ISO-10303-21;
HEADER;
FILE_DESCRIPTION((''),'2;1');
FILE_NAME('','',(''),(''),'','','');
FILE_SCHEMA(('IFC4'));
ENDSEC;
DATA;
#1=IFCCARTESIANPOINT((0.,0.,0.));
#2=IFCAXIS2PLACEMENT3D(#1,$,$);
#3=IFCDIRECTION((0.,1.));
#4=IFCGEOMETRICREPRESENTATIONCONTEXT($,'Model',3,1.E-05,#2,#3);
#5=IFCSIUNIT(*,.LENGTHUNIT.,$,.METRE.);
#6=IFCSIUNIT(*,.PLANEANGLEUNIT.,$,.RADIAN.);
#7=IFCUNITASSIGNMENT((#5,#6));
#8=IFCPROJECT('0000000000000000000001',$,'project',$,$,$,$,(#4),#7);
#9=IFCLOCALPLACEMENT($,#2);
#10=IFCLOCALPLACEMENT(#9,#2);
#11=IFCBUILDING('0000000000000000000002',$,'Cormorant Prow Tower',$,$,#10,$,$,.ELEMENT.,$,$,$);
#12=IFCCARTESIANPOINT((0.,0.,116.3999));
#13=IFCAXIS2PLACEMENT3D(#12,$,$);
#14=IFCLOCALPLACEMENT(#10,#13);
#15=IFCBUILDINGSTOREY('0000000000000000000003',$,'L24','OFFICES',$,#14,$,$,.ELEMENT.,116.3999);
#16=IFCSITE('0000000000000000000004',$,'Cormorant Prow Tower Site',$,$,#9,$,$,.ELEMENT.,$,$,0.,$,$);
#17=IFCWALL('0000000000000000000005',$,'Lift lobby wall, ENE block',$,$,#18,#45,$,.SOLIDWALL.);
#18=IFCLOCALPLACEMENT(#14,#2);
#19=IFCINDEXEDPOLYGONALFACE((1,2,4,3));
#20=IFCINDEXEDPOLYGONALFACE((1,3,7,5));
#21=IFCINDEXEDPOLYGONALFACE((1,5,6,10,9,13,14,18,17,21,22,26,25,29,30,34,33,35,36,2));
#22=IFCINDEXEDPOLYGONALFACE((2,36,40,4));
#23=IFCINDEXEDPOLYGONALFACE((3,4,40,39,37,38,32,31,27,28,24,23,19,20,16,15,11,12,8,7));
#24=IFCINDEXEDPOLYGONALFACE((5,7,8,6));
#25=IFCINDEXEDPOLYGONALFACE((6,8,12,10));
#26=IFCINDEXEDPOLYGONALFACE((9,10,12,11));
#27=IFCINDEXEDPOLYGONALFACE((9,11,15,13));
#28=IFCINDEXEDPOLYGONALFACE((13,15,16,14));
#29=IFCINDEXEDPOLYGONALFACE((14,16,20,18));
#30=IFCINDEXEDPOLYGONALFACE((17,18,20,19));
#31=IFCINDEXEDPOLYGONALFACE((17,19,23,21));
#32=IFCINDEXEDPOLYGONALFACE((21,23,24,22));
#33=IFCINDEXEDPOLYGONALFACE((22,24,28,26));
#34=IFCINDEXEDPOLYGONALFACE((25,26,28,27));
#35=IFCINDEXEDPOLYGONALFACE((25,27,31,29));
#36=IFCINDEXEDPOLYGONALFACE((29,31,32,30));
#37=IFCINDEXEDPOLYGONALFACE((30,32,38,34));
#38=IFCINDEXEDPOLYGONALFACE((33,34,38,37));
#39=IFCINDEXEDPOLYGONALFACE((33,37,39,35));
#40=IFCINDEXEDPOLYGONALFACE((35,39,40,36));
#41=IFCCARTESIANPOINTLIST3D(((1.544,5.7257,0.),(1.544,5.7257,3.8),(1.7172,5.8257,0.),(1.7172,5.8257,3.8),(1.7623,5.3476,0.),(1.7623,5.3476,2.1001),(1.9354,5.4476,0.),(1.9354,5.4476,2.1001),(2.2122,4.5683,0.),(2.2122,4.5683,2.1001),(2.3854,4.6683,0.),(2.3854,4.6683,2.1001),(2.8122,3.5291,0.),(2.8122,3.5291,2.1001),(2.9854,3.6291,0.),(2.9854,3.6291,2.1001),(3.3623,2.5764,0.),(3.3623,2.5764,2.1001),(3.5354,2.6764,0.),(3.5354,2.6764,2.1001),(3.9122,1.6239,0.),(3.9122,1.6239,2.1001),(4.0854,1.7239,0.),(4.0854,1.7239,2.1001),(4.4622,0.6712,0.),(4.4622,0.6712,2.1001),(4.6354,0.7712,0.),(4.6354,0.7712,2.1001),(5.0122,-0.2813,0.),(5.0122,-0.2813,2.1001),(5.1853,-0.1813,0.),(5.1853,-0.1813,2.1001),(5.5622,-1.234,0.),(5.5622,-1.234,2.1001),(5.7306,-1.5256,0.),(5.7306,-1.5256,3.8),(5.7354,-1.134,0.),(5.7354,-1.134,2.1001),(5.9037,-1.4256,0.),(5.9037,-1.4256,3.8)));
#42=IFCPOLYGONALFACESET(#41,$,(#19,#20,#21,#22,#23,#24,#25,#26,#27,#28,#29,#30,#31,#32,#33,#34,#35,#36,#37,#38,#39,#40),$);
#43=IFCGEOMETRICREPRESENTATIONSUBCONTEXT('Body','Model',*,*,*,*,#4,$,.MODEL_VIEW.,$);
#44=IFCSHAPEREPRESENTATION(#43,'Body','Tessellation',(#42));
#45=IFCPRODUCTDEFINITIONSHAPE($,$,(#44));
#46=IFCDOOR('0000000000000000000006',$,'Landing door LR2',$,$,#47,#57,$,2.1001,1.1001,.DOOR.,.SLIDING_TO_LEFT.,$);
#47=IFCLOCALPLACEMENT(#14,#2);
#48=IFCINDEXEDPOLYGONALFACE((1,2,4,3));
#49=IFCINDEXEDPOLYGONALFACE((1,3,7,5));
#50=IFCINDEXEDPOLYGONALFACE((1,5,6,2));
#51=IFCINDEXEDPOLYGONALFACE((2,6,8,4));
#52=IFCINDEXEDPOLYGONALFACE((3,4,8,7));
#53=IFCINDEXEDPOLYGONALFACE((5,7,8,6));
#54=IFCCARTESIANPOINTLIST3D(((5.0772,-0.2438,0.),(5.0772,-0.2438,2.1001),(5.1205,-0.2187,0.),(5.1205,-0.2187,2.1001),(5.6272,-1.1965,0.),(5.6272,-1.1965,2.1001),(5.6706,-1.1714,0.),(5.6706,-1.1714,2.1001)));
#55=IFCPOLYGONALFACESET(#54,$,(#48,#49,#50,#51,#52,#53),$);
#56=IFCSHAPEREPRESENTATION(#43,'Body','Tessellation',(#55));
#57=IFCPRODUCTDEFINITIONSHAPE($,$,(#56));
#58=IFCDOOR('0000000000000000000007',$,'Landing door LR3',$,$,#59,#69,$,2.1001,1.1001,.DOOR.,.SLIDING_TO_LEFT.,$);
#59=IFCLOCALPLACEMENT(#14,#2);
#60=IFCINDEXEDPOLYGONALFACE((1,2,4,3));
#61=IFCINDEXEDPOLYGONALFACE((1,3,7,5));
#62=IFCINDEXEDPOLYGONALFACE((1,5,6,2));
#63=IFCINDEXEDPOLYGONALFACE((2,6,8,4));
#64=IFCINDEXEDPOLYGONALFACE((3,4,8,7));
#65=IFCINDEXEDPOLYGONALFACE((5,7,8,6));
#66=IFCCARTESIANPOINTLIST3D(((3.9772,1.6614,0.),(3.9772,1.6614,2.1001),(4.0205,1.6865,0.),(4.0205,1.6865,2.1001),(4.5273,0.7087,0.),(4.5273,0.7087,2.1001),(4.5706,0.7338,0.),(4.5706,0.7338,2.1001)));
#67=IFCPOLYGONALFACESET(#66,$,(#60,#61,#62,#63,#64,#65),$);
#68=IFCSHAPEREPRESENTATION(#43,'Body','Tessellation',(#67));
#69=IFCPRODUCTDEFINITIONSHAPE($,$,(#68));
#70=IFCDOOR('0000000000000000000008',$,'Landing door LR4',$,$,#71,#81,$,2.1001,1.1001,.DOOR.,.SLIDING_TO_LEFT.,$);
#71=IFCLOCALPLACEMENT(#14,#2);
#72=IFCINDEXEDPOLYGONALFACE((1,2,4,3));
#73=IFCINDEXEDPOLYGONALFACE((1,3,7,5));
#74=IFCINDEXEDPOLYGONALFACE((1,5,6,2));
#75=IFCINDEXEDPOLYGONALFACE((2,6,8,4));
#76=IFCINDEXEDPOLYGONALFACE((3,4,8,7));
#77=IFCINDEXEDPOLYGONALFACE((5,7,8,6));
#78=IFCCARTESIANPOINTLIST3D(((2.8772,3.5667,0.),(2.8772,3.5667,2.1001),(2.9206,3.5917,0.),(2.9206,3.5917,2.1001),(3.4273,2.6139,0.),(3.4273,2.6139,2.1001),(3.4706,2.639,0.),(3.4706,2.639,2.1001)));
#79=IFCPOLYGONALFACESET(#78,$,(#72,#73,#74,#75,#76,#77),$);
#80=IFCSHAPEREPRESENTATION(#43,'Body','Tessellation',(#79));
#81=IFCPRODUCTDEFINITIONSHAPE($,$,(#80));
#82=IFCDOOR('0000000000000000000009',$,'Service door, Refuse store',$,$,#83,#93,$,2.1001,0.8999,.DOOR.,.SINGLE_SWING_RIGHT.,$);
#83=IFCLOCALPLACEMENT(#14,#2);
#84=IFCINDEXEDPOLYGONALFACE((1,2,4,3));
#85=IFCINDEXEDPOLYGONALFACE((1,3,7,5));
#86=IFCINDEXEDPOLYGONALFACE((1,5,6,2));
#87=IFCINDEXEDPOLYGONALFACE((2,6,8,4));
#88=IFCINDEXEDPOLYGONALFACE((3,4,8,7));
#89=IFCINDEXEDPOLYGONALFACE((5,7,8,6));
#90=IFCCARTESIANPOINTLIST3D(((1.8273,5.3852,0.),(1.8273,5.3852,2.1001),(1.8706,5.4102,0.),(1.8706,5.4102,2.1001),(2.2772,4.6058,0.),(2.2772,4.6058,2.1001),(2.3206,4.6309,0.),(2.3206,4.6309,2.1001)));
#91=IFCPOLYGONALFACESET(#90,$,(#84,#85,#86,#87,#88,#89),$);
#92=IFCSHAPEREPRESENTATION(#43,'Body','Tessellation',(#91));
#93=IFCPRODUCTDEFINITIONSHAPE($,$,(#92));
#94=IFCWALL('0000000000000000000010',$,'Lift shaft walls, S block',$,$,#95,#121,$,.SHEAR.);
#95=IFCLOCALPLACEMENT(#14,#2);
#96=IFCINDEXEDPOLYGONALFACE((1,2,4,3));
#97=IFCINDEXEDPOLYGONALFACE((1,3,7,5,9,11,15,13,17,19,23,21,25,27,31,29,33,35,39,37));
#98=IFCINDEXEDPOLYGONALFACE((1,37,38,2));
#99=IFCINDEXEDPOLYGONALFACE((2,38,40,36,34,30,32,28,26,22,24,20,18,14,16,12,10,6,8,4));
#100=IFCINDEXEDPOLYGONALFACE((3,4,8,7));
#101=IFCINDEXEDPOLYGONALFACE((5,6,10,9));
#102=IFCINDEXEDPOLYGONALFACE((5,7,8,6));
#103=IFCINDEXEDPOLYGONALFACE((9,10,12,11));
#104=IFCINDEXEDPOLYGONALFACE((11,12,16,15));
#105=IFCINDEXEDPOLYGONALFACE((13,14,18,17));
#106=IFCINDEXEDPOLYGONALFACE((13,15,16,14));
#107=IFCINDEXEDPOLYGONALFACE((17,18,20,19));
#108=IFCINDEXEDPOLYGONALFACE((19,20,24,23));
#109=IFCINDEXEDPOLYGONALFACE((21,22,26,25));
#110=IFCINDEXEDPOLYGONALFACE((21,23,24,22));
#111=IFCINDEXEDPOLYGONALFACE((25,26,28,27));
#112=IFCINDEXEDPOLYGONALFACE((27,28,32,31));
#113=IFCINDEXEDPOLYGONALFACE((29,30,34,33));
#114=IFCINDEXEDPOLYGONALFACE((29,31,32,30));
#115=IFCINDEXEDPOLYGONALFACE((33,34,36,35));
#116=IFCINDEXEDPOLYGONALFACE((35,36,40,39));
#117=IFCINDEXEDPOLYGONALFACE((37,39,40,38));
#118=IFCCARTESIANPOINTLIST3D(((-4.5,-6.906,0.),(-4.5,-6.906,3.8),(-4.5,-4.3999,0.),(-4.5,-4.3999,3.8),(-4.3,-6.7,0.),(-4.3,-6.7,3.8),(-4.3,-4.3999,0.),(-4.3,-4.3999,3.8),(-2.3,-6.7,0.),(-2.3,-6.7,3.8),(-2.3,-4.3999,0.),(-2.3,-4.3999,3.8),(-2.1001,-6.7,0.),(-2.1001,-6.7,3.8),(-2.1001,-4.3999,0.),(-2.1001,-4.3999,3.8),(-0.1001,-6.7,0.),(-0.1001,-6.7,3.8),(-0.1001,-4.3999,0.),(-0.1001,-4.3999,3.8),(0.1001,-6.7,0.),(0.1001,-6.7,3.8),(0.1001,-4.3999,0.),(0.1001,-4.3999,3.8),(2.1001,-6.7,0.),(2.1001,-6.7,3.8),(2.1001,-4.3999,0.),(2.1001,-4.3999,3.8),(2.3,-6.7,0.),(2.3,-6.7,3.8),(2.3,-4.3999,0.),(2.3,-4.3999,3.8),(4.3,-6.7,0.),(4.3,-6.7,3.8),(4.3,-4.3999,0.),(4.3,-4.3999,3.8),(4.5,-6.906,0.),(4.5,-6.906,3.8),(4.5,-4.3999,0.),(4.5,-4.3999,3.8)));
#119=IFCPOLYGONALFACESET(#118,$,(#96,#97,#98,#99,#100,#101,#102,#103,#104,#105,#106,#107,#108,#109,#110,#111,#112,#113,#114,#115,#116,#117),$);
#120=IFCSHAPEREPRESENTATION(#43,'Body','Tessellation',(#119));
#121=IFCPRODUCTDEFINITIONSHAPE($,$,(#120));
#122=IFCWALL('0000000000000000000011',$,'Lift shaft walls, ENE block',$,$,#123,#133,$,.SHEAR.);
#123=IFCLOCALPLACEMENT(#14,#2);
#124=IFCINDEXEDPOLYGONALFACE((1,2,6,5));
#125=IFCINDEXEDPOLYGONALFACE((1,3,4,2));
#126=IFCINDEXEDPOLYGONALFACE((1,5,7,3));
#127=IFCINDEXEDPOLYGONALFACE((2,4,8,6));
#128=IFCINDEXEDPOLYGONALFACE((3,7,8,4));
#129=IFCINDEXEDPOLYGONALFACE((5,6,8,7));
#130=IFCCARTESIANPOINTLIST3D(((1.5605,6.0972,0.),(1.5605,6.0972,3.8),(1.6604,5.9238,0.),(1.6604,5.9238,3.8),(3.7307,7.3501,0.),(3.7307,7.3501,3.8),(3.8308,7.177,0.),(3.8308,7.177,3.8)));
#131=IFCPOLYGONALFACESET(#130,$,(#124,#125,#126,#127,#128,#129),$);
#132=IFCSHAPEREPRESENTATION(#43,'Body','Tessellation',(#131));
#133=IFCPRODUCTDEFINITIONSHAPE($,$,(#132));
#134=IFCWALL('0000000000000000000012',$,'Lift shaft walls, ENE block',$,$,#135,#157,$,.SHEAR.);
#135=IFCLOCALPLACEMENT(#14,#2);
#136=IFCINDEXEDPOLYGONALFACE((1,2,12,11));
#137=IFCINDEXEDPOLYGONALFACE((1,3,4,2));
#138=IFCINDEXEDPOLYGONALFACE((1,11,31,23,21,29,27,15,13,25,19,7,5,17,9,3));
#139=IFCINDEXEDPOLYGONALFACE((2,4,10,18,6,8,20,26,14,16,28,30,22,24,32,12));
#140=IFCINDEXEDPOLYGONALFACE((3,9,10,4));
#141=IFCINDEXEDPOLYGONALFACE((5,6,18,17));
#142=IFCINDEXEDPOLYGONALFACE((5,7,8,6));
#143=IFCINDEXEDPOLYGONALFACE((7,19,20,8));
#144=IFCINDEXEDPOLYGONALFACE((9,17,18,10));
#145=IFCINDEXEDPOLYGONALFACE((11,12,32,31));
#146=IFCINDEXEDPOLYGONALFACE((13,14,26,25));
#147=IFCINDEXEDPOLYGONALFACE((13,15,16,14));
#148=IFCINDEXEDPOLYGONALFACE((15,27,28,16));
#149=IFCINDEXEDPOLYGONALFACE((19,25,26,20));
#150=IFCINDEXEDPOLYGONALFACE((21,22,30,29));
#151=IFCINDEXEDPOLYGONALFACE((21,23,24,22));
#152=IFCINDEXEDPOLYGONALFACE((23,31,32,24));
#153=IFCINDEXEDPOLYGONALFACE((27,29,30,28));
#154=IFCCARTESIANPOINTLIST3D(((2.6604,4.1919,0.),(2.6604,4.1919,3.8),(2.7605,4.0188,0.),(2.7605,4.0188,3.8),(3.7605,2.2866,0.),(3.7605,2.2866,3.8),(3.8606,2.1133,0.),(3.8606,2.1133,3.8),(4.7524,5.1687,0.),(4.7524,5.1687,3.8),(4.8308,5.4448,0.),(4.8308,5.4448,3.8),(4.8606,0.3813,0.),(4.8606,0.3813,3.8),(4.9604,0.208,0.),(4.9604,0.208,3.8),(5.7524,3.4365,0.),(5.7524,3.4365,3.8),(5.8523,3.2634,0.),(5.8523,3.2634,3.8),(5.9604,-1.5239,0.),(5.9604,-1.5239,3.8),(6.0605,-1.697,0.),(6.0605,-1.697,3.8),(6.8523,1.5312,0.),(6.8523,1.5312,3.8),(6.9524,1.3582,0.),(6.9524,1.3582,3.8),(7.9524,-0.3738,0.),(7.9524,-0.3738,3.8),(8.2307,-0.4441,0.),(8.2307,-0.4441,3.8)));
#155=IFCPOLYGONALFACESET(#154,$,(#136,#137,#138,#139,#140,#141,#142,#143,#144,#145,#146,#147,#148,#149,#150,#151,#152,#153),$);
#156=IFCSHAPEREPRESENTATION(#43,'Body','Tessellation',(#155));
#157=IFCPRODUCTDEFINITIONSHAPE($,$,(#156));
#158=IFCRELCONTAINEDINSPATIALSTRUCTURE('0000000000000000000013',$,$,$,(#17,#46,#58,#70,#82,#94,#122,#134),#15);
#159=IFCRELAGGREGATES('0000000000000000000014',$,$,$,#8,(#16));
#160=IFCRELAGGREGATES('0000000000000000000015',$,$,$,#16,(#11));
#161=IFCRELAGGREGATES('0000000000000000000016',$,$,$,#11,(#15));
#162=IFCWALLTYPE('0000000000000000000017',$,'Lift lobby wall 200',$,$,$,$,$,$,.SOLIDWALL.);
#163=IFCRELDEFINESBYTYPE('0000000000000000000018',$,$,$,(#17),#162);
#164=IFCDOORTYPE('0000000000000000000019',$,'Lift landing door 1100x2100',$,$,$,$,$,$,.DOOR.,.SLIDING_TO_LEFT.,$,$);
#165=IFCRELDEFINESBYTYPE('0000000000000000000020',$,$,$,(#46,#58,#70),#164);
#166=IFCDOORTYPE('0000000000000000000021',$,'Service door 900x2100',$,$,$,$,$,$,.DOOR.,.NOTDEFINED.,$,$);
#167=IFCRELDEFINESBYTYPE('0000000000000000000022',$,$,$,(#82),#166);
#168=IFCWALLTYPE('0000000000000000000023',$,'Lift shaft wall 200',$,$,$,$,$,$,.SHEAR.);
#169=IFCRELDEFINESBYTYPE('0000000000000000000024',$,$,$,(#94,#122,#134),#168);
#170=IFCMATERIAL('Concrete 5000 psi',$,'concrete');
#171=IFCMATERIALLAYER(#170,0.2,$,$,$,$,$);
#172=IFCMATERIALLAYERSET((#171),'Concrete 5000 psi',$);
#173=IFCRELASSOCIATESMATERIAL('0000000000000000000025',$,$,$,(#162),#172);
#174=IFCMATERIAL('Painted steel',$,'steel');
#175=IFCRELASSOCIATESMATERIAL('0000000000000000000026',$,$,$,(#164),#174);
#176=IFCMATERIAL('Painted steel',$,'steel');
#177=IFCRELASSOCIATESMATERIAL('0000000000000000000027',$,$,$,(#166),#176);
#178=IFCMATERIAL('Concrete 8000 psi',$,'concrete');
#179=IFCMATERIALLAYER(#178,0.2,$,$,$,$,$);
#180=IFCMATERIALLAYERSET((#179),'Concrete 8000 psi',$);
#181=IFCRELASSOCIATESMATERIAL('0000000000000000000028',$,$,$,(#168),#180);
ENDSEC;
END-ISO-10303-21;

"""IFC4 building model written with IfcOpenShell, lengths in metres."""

from ifc_helpers import new_model, si_unit, direction, frame, frame_2d, origin, place, context, subcontext, project, spatial, polyline, rectangle, outline, extrude, material, layer, layer_set, type_object, element, fill, save


model = new_model("IFC4")

# Units and contexts
model_context = context("Model", 3, precision=1e-05, world=origin(), true_north=direction((0.0, 1.0)))
body_context = subcontext(model_context, "Body", "Model", "MODEL_VIEW")
ifc_project = project(units=[si_unit("LENGTHUNIT", "METRE"), si_unit("PLANEANGLEUNIT", "RADIAN")], contexts=[model_context])

# Site, building, storey
site_placement = place(None, origin())
site = spatial("IfcSite", under=ifc_project, at=site_placement, Name="Cormorant Prow Tower Site", CompositionType="ELEMENT", RefElevation=0.0)
building_placement = place(site_placement, origin())
building = spatial("IfcBuilding", under=site, at=building_placement, Name="Cormorant Prow Tower", CompositionType="ELEMENT")
storey_placement = place(building_placement, frame((0.0, 0.0, 116.3999)))
storey = spatial("IfcBuildingStorey", under=building, at=storey_placement, Name="L24", Description="OFFICES", CompositionType="ELEMENT", Elevation=116.3999)

# Wall, openings, doors
ifc_material_1 = material(Name="Concrete 5000 psi", Category="concrete")
ifc_layer_1 = layer(ifc_material_1, 0.2)
ifc_layer_set_1 = layer_set([ifc_layer_1], Name="Concrete 5000 psi")
wall_type_1 = type_object("IfcWallType", Name="Lift lobby wall 200", PredefinedType="SOLIDWALL", material=ifc_layer_set_1)
wall_1_placement = place(storey_placement, frame((5.8171, -1.4756, 0.0), z_axis=(0.0, 0.0, 1.0), x_axis=(-0.500003, 0.866024, 0.0)))
wall_1 = element("IfcWall", 1, at=wall_1_placement, inside=storey, type_object=wall_type_1, Name="Lift lobby wall, ENE block", PredefinedType="SOLIDWALL", context=body_context, shape_type="SweptSolid", body=[
    extrude(rectangle(XDim=8.373, YDim=0.2, at=frame_2d((4.1865, 0.0))), origin(), (0.0, 0.0, 1.0), 3.8),
])
opening_1_placement = place(wall_1_placement, frame((0.3367, 0.0, 0.0)))
opening_1 = element("IfcOpeningElement", 2, at=opening_1_placement, cuts=wall_1, PredefinedType="OPENING", context=body_context, shape_type="SweptSolid", body=[
    extrude(rectangle(XDim=1.1001, YDim=2.1001, at=frame_2d((0.55, 1.05))), frame((0.0, 0.1099, 0.0), z_axis=(0.0, -1.0, 0.0), x_axis=(1.0, 0.0, 0.0)), (0.0, 0.0, 1.0), 0.22),
])
opening_2_placement = place(wall_1_placement, frame((2.5366, 0.0, 0.0)))
opening_2 = element("IfcOpeningElement", 3, at=opening_2_placement, cuts=wall_1, PredefinedType="OPENING", context=body_context, shape_type="SweptSolid", body=[
    extrude(rectangle(XDim=1.1001, YDim=2.1001, at=frame_2d((0.55, 1.05))), frame((0.0, 0.1099, 0.0), z_axis=(0.0, -1.0, 0.0), x_axis=(1.0, 0.0, 0.0)), (0.0, 0.0, 1.0), 0.22),
])
opening_3_placement = place(wall_1_placement, frame((4.7366, 0.0, 0.0)))
opening_3 = element("IfcOpeningElement", 4, at=opening_3_placement, cuts=wall_1, PredefinedType="OPENING", context=body_context, shape_type="SweptSolid", body=[
    extrude(rectangle(XDim=1.1001, YDim=2.1001, at=frame_2d((0.55, 1.05))), frame((0.0, 0.1099, 0.0), z_axis=(0.0, -1.0, 0.0), x_axis=(1.0, 0.0, 0.0)), (0.0, 0.0, 1.0), 0.22),
])
opening_4_placement = place(wall_1_placement, frame((7.0366, 0.0, 0.0)))
opening_4 = element("IfcOpeningElement", 5, at=opening_4_placement, cuts=wall_1, PredefinedType="OPENING", context=body_context, shape_type="SweptSolid", body=[
    extrude(rectangle(XDim=0.8999, YDim=2.1001, at=frame_2d((0.45, 1.05))), frame((0.0, 0.1099, 0.0), z_axis=(0.0, -1.0, 0.0), x_axis=(1.0, 0.0, 0.0)), (0.0, 0.0, 1.0), 0.22),
])
ifc_material_2 = material(Name="Painted steel", Category="steel")
door_type_1 = type_object("IfcDoorType", Name="Lift landing door 1100x2100", OperationType="SLIDING_TO_LEFT", PredefinedType="DOOR", material=ifc_material_2)
door_1_placement = place(opening_1_placement, origin())
door_1 = element("IfcDoor", 6, at=door_1_placement, inside=storey, type_object=door_type_1, Name="Landing door LR2", OperationType="SLIDING_TO_LEFT", OverallHeight=2.1001, OverallWidth=1.1001, PredefinedType="DOOR", context=body_context, shape_type="SweptSolid", body=[
    extrude(rectangle(XDim=1.1001, YDim=2.1001, at=frame_2d((0.55, 1.05))), frame((0.0, 0.0249, 0.0), z_axis=(0.0, -1.0, 0.0), x_axis=(1.0, 0.0, 0.0)), (0.0, 0.0, 1.0), 0.05),
])
fill(opening_1, door_1)
door_2_placement = place(opening_2_placement, origin())
door_2 = element("IfcDoor", 7, at=door_2_placement, inside=storey, type_object=door_type_1, Name="Landing door LR3", OperationType="SLIDING_TO_LEFT", OverallHeight=2.1001, OverallWidth=1.1001, PredefinedType="DOOR", context=body_context, shape_type="SweptSolid", body=[
    extrude(rectangle(XDim=1.1001, YDim=2.1001, at=frame_2d((0.55, 1.05))), frame((0.0, 0.0249, 0.0), z_axis=(0.0, -1.0, 0.0), x_axis=(1.0, 0.0, 0.0)), (0.0, 0.0, 1.0), 0.05),
])
fill(opening_2, door_2)
door_3_placement = place(opening_3_placement, origin())
door_3 = element("IfcDoor", 8, at=door_3_placement, inside=storey, type_object=door_type_1, Name="Landing door LR4", OperationType="SLIDING_TO_LEFT", OverallHeight=2.1001, OverallWidth=1.1001, PredefinedType="DOOR", context=body_context, shape_type="SweptSolid", body=[
    extrude(rectangle(XDim=1.1001, YDim=2.1001, at=frame_2d((0.55, 1.05))), frame((0.0, 0.0249, 0.0), z_axis=(0.0, -1.0, 0.0), x_axis=(1.0, 0.0, 0.0)), (0.0, 0.0, 1.0), 0.05),
])
fill(opening_3, door_3)
ifc_material_3 = material(Name="Painted steel", Category="steel")
door_type_2 = type_object("IfcDoorType", Name="Service door 900x2100", OperationType="NOTDEFINED", PredefinedType="DOOR", material=ifc_material_3)
door_4_placement = place(opening_4_placement, origin())
door_4 = element("IfcDoor", 9, at=door_4_placement, inside=storey, type_object=door_type_2, Name="Service door, Refuse store", OperationType="SINGLE_SWING_RIGHT", OverallHeight=2.1001, OverallWidth=0.8999, PredefinedType="DOOR", context=body_context, shape_type="SweptSolid", body=[
    extrude(rectangle(XDim=0.8999, YDim=2.1001, at=frame_2d((0.45, 1.05))), frame((0.0, 0.0249, 0.0), z_axis=(0.0, -1.0, 0.0), x_axis=(1.0, 0.0, 0.0)), (0.0, 0.0, 1.0), 0.05),
])
fill(opening_4, door_4)

# Walls
ifc_material_4 = material(Name="Concrete 8000 psi", Category="concrete")
ifc_layer_2 = layer(ifc_material_4, 0.2)
ifc_layer_set_2 = layer_set([ifc_layer_2], Name="Concrete 8000 psi")
wall_type_2 = type_object("IfcWallType", Name="Lift shaft wall 200", PredefinedType="SHEAR", material=ifc_layer_set_2)
wall_2_placement = place(storey_placement, origin())
element("IfcWall", 10, at=wall_2_placement, inside=storey, type_object=wall_type_2, Name="Lift shaft walls, S block", PredefinedType="SHEAR", context=body_context, shape_type="SweptSolid", body=[
    extrude(outline(polyline([(4.5, -4.3999), (4.5, -6.906), (-4.5, -6.906), (-4.5, -4.3999), (-4.3, -4.3999), (-4.3, -6.7), (-2.3, -6.7), (-2.3, -4.3999), (-2.1001, -4.3999), (-2.1001, -6.7), (-0.1001, -6.7), (-0.1001, -4.3999), (0.1001, -4.3999), (0.1001, -6.7), (2.1001, -6.7), (2.1001, -4.3999), (2.3, -4.3999), (2.3, -6.7), (4.3, -6.7), (4.3, -4.3999), (4.5, -4.3999)])), origin(), (0.0, 0.0, 1.0), 3.8),
])
wall_3_placement = place(storey_placement, origin())
element("IfcWall", 11, at=wall_3_placement, inside=storey, type_object=wall_type_2, Name="Lift shaft walls, ENE block", PredefinedType="SHEAR", context=body_context, shape_type="SweptSolid", body=[
    extrude(outline(polyline([(1.5605, 6.0972), (3.7307, 7.3501), (3.8308, 7.177), (1.6604, 5.9238), (1.5605, 6.0972)])), origin(), (0.0, 0.0, 1.0), 3.8),
])
wall_4_placement = place(storey_placement, origin())
element("IfcWall", 12, at=wall_4_placement, inside=storey, type_object=wall_type_2, Name="Lift shaft walls, ENE block", PredefinedType="SHEAR", context=body_context, shape_type="SweptSolid", body=[
    extrude(outline(polyline([(2.6604, 4.1919), (4.8308, 5.4448), (8.2307, -0.4441), (6.0605, -1.697), (5.9604, -1.5239), (7.9524, -0.3738), (6.9524, 1.3582), (4.9604, 0.208), (4.8606, 0.3813), (6.8523, 1.5312), (5.8523, 3.2634), (3.8606, 2.1133), (3.7605, 2.2866), (5.7524, 3.4365), (4.7524, 5.1687), (2.7605, 4.0188), (2.6604, 4.1919)])), origin(), (0.0, 0.0, 1.0), 3.8),
])

save(model, "model.ifc")
